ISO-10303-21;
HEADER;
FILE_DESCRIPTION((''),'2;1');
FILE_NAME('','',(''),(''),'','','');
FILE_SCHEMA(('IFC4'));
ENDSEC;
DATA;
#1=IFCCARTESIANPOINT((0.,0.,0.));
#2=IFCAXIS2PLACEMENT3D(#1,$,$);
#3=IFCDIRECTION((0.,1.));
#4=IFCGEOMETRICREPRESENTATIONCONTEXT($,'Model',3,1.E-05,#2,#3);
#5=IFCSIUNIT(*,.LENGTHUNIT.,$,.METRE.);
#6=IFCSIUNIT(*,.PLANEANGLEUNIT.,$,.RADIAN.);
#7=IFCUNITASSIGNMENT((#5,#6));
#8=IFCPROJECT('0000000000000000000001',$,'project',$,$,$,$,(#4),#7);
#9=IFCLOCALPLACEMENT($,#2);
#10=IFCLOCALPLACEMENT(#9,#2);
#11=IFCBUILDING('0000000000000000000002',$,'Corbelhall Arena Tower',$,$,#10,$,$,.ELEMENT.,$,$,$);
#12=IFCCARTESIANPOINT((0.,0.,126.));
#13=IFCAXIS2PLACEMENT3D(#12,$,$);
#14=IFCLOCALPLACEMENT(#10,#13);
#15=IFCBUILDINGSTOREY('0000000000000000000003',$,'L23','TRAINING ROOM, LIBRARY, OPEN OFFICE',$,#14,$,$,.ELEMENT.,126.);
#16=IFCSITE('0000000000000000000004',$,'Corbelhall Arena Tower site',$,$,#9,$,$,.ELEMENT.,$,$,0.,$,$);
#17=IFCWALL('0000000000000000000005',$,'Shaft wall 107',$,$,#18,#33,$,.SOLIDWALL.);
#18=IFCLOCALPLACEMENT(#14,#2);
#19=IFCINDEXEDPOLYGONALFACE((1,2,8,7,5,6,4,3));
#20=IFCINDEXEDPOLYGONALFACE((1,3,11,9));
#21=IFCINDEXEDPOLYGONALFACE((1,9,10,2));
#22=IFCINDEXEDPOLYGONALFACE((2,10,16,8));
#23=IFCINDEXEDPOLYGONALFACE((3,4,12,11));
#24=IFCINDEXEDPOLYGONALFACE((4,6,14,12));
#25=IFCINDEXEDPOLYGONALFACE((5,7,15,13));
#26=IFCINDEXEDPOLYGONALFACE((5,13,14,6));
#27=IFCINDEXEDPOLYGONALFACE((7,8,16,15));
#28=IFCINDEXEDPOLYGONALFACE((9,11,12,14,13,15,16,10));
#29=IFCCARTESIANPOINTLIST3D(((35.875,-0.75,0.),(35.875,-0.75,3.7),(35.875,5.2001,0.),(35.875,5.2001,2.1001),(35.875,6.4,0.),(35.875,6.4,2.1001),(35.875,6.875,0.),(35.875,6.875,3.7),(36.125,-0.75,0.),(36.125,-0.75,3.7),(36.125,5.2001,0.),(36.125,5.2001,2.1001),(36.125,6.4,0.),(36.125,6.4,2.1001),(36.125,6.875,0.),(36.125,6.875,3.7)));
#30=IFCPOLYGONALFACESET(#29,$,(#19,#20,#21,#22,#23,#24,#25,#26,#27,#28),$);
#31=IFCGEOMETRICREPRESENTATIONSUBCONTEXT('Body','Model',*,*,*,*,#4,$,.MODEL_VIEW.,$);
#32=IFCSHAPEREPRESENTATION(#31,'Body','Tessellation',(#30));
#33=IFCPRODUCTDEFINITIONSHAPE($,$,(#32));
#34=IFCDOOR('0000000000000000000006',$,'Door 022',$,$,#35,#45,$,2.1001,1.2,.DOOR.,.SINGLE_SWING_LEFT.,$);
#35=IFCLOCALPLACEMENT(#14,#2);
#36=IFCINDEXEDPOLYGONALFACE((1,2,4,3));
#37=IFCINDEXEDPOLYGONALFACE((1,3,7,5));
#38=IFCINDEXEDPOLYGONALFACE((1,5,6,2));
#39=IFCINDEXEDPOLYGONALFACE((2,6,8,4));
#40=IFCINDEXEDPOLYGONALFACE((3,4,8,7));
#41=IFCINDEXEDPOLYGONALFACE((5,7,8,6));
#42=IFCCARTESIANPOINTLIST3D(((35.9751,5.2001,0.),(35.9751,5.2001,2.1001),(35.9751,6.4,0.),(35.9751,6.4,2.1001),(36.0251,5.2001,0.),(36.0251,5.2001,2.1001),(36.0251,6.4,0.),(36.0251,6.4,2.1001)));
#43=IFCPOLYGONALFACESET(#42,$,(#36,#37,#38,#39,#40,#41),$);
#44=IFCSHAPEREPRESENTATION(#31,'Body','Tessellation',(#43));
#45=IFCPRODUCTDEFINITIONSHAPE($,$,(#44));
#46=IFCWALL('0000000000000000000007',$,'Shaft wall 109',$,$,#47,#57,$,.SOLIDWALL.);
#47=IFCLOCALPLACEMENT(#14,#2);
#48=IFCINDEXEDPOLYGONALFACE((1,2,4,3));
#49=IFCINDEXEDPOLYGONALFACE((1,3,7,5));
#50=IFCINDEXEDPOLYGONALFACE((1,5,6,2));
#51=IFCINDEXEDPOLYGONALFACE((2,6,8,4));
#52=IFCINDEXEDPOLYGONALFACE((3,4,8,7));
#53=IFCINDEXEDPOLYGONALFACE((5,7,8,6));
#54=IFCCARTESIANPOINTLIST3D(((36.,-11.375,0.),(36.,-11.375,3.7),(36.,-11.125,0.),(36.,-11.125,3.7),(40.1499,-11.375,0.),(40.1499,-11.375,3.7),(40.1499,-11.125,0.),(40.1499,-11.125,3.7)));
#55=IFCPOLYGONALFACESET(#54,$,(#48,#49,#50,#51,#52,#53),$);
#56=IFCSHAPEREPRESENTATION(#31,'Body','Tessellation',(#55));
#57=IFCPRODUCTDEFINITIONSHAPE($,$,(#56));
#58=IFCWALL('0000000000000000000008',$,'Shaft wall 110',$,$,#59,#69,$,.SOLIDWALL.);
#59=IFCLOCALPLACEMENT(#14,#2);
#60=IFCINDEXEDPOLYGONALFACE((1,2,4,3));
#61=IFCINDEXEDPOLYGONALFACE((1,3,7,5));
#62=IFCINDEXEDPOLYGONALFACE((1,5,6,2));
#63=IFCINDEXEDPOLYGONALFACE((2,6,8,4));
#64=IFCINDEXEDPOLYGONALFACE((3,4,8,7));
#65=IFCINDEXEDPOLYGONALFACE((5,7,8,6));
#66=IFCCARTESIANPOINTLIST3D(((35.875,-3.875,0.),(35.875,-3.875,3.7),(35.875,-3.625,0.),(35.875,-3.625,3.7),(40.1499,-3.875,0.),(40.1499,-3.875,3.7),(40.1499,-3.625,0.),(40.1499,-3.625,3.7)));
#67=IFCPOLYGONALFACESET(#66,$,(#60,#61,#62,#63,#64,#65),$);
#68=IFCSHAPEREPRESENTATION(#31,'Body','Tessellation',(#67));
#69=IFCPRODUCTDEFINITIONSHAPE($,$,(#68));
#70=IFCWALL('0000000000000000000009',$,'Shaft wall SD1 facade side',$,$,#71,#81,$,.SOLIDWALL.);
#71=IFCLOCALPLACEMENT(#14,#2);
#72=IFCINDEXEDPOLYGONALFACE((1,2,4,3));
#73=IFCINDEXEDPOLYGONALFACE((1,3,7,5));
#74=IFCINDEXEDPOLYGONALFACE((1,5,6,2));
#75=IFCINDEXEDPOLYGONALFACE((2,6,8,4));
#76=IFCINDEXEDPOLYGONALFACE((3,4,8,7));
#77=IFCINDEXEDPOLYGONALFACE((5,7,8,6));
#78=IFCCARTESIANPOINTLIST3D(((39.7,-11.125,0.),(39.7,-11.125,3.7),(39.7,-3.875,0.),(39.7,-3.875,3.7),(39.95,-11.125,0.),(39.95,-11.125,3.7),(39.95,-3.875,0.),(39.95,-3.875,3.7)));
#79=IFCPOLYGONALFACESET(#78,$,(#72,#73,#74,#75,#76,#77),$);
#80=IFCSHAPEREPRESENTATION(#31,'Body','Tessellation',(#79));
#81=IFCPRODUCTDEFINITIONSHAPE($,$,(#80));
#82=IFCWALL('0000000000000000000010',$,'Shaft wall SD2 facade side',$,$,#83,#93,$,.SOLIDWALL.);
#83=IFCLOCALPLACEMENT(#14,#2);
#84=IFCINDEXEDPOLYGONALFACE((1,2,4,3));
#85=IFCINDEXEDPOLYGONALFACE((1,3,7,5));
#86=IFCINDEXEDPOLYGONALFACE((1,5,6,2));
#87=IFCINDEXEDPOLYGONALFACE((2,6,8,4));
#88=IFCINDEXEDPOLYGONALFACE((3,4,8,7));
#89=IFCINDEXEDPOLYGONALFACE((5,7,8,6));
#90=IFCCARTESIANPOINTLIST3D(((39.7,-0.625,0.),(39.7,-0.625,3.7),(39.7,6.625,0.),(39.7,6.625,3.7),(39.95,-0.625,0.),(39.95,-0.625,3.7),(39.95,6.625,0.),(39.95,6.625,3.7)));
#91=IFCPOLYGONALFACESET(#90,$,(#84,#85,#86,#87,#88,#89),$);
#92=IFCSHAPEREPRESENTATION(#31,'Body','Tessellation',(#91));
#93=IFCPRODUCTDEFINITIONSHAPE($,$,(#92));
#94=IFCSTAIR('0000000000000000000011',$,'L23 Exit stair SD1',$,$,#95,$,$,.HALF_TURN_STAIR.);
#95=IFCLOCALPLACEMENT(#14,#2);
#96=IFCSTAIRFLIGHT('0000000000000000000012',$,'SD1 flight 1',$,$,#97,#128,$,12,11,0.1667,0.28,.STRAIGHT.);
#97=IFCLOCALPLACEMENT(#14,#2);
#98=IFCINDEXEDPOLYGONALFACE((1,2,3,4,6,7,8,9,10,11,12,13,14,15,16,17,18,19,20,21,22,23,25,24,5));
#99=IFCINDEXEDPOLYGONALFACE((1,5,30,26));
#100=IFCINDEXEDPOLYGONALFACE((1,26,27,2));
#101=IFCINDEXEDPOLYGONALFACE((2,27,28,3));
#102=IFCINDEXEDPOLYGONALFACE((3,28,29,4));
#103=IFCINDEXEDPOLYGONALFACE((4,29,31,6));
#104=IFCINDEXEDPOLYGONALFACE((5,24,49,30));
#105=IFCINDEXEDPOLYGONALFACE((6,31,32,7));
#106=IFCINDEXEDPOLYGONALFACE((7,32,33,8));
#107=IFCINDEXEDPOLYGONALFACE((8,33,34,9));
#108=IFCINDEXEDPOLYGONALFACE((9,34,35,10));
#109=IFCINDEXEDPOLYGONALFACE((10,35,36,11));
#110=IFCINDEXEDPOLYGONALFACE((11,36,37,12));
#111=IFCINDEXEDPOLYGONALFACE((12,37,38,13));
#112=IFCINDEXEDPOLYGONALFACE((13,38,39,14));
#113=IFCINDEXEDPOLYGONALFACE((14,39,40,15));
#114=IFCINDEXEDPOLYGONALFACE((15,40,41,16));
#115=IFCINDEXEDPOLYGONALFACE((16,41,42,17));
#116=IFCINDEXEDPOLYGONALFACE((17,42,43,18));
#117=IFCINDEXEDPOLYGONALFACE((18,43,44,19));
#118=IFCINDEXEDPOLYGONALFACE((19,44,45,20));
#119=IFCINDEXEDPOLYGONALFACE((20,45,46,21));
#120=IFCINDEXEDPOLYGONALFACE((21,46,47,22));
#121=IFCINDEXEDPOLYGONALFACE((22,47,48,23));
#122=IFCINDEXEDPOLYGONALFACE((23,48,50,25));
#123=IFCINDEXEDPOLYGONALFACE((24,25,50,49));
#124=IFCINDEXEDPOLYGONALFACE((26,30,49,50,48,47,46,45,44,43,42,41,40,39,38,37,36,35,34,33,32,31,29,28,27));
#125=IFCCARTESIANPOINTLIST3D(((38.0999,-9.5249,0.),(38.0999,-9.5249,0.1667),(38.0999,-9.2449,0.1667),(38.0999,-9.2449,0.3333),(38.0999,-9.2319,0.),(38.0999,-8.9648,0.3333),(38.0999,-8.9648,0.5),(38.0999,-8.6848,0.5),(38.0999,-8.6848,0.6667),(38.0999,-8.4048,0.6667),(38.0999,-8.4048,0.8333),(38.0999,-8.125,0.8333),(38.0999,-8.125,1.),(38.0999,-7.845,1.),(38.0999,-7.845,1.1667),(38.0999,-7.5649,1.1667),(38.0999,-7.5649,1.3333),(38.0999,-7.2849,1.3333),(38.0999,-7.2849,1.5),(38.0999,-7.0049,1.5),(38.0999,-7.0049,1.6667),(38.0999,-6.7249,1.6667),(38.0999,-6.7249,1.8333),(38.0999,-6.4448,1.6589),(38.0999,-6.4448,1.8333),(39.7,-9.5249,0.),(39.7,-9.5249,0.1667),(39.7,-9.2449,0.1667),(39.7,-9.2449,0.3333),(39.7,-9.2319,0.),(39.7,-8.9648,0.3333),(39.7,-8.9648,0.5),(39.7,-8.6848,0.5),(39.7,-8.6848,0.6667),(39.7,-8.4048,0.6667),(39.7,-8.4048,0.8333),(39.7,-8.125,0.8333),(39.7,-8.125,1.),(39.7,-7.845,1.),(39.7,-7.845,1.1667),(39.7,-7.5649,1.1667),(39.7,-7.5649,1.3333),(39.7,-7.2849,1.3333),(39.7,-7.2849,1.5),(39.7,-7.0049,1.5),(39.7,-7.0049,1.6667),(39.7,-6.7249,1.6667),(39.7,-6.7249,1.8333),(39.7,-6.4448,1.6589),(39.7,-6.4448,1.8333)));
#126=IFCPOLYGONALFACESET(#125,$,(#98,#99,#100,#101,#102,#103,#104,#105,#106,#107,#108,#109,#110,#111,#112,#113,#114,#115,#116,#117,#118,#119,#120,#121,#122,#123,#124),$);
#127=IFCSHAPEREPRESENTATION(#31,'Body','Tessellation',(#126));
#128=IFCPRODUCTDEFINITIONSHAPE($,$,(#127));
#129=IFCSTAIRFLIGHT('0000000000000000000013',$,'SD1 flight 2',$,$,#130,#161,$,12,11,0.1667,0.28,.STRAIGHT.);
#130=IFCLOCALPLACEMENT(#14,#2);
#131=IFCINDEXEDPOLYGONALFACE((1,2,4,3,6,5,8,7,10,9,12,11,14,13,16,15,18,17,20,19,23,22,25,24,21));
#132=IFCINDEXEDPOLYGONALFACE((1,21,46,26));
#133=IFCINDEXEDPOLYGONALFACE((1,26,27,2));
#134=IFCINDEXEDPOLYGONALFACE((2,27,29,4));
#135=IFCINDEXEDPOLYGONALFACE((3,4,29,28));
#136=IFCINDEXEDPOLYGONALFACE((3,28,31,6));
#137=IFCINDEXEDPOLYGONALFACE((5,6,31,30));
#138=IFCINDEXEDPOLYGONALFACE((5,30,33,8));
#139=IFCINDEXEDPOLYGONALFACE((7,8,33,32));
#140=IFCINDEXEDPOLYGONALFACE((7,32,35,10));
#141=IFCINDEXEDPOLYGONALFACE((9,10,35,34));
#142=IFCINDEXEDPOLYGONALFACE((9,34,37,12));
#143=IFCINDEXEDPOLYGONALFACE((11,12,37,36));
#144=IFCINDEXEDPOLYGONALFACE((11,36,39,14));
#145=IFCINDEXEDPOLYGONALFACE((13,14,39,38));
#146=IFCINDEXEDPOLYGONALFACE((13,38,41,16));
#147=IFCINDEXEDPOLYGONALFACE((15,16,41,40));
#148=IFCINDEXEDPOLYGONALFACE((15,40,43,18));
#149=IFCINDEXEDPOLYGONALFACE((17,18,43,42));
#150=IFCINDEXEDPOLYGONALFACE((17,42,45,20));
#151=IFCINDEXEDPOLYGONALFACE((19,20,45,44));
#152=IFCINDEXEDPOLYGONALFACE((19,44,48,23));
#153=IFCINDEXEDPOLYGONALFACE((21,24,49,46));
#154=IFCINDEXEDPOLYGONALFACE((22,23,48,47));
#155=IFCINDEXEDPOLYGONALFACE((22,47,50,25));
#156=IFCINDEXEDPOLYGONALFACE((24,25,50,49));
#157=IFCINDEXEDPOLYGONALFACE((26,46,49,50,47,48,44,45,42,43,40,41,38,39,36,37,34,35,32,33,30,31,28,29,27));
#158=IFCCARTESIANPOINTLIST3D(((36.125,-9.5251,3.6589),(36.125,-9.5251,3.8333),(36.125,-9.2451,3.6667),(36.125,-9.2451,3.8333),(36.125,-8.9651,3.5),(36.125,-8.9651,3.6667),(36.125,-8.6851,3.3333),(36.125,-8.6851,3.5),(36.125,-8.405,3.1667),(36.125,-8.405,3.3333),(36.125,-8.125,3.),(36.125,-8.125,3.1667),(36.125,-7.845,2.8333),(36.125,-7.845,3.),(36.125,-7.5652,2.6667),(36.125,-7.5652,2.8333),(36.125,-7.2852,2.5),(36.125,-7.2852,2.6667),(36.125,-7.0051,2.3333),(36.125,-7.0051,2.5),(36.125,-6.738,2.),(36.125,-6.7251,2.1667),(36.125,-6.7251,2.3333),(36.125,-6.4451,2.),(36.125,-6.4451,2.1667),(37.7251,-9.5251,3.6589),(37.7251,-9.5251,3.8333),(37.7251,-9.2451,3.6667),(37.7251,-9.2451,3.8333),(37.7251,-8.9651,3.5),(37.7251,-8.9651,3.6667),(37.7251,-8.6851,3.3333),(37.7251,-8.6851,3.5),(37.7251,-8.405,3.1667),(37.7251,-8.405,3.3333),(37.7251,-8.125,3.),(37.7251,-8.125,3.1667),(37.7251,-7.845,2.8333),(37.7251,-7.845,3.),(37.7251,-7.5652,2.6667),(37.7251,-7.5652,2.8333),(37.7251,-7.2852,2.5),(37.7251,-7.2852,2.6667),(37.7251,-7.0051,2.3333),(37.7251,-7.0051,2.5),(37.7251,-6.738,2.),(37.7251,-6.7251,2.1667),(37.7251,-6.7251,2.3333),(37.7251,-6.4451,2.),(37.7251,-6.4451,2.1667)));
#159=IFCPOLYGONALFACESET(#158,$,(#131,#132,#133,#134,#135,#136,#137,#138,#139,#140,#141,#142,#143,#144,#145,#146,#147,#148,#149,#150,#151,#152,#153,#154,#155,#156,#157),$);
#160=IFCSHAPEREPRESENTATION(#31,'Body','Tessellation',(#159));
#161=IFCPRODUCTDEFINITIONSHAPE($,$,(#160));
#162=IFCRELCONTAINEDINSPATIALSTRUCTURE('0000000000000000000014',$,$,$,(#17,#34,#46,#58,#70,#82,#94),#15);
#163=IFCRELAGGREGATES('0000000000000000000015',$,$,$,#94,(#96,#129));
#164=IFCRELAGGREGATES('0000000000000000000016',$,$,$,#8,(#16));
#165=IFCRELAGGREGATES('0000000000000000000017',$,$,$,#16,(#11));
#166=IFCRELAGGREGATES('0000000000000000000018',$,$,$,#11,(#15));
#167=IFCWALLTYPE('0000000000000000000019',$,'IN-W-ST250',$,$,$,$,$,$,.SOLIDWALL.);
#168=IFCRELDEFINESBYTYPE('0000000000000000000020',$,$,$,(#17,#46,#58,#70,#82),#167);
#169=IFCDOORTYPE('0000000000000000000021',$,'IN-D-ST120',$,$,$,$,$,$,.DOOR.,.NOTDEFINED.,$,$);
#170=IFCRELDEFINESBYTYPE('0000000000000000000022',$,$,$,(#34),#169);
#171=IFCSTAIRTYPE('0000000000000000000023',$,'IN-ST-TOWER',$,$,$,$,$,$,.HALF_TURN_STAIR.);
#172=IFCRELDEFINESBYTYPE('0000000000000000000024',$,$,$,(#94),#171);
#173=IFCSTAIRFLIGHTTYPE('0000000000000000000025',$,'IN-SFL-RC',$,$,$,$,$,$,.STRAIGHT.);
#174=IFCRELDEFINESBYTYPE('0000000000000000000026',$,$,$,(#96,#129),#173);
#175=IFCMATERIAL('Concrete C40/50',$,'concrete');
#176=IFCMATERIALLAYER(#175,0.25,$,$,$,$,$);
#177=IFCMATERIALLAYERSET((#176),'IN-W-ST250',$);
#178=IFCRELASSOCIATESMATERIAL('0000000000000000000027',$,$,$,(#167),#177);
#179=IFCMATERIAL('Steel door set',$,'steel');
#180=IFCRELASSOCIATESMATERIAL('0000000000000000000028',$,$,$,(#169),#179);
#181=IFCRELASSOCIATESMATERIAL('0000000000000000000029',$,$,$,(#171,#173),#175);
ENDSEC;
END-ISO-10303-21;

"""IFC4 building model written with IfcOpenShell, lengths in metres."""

from ifc_helpers import new_model, si_unit, direction, frame, frame_2d, origin, place, context, subcontext, project, spatial, polyline, rectangle, outline, extrude, material, layer, layer_set, type_object, element, fill, aggregate, save


model = new_model("IFC4")

# Units and contexts
model_context = context("Model", 3, precision=1e-05, world=origin(), true_north=direction((0.0, 1.0)))
body_context = subcontext(model_context, "Body", "Model", "MODEL_VIEW")
ifc_project = project(units=[si_unit("LENGTHUNIT", "METRE"), si_unit("PLANEANGLEUNIT", "RADIAN")], contexts=[model_context])

# Site, building, storey
site_placement = place(None, origin())
site = spatial("IfcSite", under=ifc_project, at=site_placement, Name="Corbelhall Arena Tower site", CompositionType="ELEMENT", RefElevation=0.0)
building_placement = place(site_placement, origin())
building = spatial("IfcBuilding", under=site, at=building_placement, Name="Corbelhall Arena Tower", CompositionType="ELEMENT")
storey_placement = place(building_placement, frame((0.0, 0.0, 126.0)))
storey = spatial("IfcBuildingStorey", under=building, at=storey_placement, Name="L23", Description="TRAINING ROOM, LIBRARY, OPEN OFFICE", CompositionType="ELEMENT", Elevation=126.0)

# Shared definitions
ifc_material_1 = material(Name="Steel door set", Category="steel")

# Shared definitions
ifc_material_2 = material(Name="Concrete C40/50", Category="concrete")
ifc_layer_1 = layer(ifc_material_2, 0.25)
ifc_layer_set_1 = layer_set([ifc_layer_1], Name="IN-W-ST250")
wall_type_1 = type_object("IfcWallType", Name="IN-W-ST250", PredefinedType="SOLIDWALL", material=ifc_layer_set_1)

# Wall, opening, door
door_type_1 = type_object("IfcDoorType", Name="IN-D-ST120", OperationType="NOTDEFINED", PredefinedType="DOOR", material=ifc_material_1)
wall_1_placement = place(storey_placement, frame((36.0, -0.75, 0.0), z_axis=(0.0, 0.0, 1.0), x_axis=(0.0, 1.0, 0.0)))
wall_1 = element("IfcWall", 1, at=wall_1_placement, inside=storey, type_object=wall_type_1, Name="Shaft wall 107", PredefinedType="SOLIDWALL", context=body_context, shape_type="SweptSolid", body=[
    extrude(rectangle(XDim=7.625, YDim=0.25, at=frame_2d((3.8125, 0.0))), origin(), (0.0, 0.0, 1.0), 3.7),
])
opening_1_placement = place(wall_1_placement, frame((5.95, 0.0, 0.0)))
opening_1 = element("IfcOpeningElement", 2, at=opening_1_placement, cuts=wall_1, PredefinedType="OPENING", context=body_context, shape_type="SweptSolid", body=[
    extrude(rectangle(XDim=1.2, YDim=2.1001, at=frame_2d((0.6001, 1.05))), frame((0.0, 0.125, 0.0), z_axis=(0.0, -1.0, 0.0), x_axis=(1.0, 0.0, 0.0)), (0.0, 0.0, 1.0), 0.25),
])
door_1_placement = place(opening_1_placement, origin())
door_1 = element("IfcDoor", 3, at=door_1_placement, inside=storey, type_object=door_type_1, Name="Door 022", OperationType="SINGLE_SWING_LEFT", OverallHeight=2.1001, OverallWidth=1.2, PredefinedType="DOOR", context=body_context, shape_type="SweptSolid", body=[
    extrude(rectangle(XDim=1.2, YDim=2.1001, at=frame_2d((0.6001, 1.05))), frame((0.0, 0.0249, 0.0), z_axis=(0.0, -1.0, 0.0), x_axis=(1.0, 0.0, 0.0)), (0.0, 0.0, 1.0), 0.05),
])
fill(opening_1, door_1)

# Walls
wall_2_placement = place(storey_placement, frame((40.1499, -11.25, 0.0), z_axis=(0.0, 0.0, 1.0), x_axis=(-1.0, 0.0, 0.0)))
element("IfcWall", 4, at=wall_2_placement, inside=storey, type_object=wall_type_1, Name="Shaft wall 109", PredefinedType="SOLIDWALL", context=body_context, shape_type="SweptSolid", body=[
    extrude(rectangle(XDim=4.1499, YDim=0.25, at=frame_2d((2.075, 0.0))), origin(), (0.0, 0.0, 1.0), 3.7),
])
wall_3_placement = place(storey_placement, frame((40.1499, -3.75, 0.0), z_axis=(0.0, 0.0, 1.0), x_axis=(-1.0, 0.0, 0.0)))
element("IfcWall", 5, at=wall_3_placement, inside=storey, type_object=wall_type_1, Name="Shaft wall 110", PredefinedType="SOLIDWALL", context=body_context, shape_type="SweptSolid", body=[
    extrude(rectangle(XDim=4.2749, YDim=0.25, at=frame_2d((2.1375, 0.0))), origin(), (0.0, 0.0, 1.0), 3.7),
])
for number, where, z_axis, x_axis, name in (
    (6, (39.825, -11.125, 0.0), (0.0, 0.0, 1.0), (0.0, 1.0, 0.0), "Shaft wall SD1 facade side"),
    (7, (39.825, -0.625, 0.0), (0.0, 0.0, 1.0), (0.0, 1.0, 0.0), "Shaft wall SD2 facade side"),
):
    element("IfcWall", number, at=place(storey_placement, frame(where, z_axis=z_axis, x_axis=x_axis)), inside=storey, type_object=wall_type_1, Name=name, PredefinedType="SOLIDWALL", context=body_context, shape_type="SweptSolid", body=[
        extrude(rectangle(XDim=7.25, YDim=0.25, at=frame_2d((3.625, 0.0))), origin(), (0.0, 0.0, 1.0), 3.7),
    ])

# Stair, stair flights
stair_type = type_object("IfcStairType", Name="IN-ST-TOWER", PredefinedType="HALF_TURN_STAIR", material=ifc_material_2)
stair_placement = place(storey_placement, origin())
stair = element("IfcStair", 8, at=stair_placement, inside=storey, type_object=stair_type, Name="L23 Exit stair SD1", PredefinedType="HALF_TURN_STAIR")
stair_flight_type = type_object("IfcStairFlightType", Name="IN-SFL-RC", PredefinedType="STRAIGHT", material=ifc_material_2)
stair_flight_1_placement = place(storey_placement, frame((38.8999, -9.5249, 0.0), z_axis=(0.0, 0.0, 1.0), x_axis=(0.0, 1.0, 0.0)))
stair_flight_1 = element("IfcStairFlight", 9, at=stair_flight_1_placement, type_object=stair_flight_type, Name="SD1 flight 1", NumberOfRisers=12, NumberOfTreads=11, PredefinedType="STRAIGHT", RiserHeight=0.1667, TreadLength=0.28, context=body_context, shape_type="SweptSolid", body=[
    extrude(outline(polyline([(0.0, 0.0), (0.0, 0.1667), (0.28, 0.1667), (0.28, 0.3333), (0.5601, 0.3333), (0.5601, 0.5), (0.8401, 0.5), (0.8401, 0.6667), (1.1201, 0.6667), (1.1201, 0.8333), (1.3999, 0.8333), (1.3999, 1.0), (1.6799, 1.0), (1.6799, 1.1667), (1.96, 1.1667), (1.96, 1.3333), (2.24, 1.3333), (2.24, 1.5), (2.52, 1.5), (2.52, 1.6667), (2.8, 1.6667), (2.8, 1.8333), (3.0801, 1.8333), (3.0801, 2.0), (3.0801, 1.6589), (0.293, 0.0), (0.0, 0.0)])), frame((0.0, 0.8, 0.0), z_axis=(0.0, -1.0, 0.0), x_axis=(1.0, 0.0, 0.0)), (0.0, 0.0, 1.0), 1.6001),
])
stair_flight_2_placement = place(storey_placement, frame((36.925, -6.4451, 2.0), z_axis=(0.0, 0.0, 1.0), x_axis=(0.0, -1.0, 0.0)))
stair_flight_2 = element("IfcStairFlight", 10, at=stair_flight_2_placement, type_object=stair_flight_type, Name="SD1 flight 2", NumberOfRisers=12, NumberOfTreads=11, PredefinedType="STRAIGHT", RiserHeight=0.1667, TreadLength=0.28, context=body_context, shape_type="SweptSolid", body=[
    extrude(outline(polyline([(0.0, 0.0), (0.0, 0.1667), (0.28, 0.1667), (0.28, 0.3333), (0.5601, 0.3333), (0.5601, 0.5), (0.8401, 0.5), (0.8401, 0.6667), (1.1201, 0.6667), (1.1201, 0.8333), (1.3999, 0.8333), (1.3999, 1.0), (1.6799, 1.0), (1.6799, 1.1667), (1.96, 1.1667), (1.96, 1.3333), (2.24, 1.3333), (2.24, 1.5), (2.52, 1.5), (2.52, 1.6667), (2.8, 1.6667), (2.8, 1.8333), (3.0801, 1.8333), (3.0801, 2.0), (3.0801, 1.6589), (0.293, 0.0), (0.0, 0.0)])), frame((0.0, 0.8, 0.0), z_axis=(0.0, -1.0, 0.0), x_axis=(1.0, 0.0, 0.0)), (0.0, 0.0, 1.0), 1.6001),
])
aggregate(stair, [stair_flight_1, stair_flight_2])

save(model, "model.ifc")
